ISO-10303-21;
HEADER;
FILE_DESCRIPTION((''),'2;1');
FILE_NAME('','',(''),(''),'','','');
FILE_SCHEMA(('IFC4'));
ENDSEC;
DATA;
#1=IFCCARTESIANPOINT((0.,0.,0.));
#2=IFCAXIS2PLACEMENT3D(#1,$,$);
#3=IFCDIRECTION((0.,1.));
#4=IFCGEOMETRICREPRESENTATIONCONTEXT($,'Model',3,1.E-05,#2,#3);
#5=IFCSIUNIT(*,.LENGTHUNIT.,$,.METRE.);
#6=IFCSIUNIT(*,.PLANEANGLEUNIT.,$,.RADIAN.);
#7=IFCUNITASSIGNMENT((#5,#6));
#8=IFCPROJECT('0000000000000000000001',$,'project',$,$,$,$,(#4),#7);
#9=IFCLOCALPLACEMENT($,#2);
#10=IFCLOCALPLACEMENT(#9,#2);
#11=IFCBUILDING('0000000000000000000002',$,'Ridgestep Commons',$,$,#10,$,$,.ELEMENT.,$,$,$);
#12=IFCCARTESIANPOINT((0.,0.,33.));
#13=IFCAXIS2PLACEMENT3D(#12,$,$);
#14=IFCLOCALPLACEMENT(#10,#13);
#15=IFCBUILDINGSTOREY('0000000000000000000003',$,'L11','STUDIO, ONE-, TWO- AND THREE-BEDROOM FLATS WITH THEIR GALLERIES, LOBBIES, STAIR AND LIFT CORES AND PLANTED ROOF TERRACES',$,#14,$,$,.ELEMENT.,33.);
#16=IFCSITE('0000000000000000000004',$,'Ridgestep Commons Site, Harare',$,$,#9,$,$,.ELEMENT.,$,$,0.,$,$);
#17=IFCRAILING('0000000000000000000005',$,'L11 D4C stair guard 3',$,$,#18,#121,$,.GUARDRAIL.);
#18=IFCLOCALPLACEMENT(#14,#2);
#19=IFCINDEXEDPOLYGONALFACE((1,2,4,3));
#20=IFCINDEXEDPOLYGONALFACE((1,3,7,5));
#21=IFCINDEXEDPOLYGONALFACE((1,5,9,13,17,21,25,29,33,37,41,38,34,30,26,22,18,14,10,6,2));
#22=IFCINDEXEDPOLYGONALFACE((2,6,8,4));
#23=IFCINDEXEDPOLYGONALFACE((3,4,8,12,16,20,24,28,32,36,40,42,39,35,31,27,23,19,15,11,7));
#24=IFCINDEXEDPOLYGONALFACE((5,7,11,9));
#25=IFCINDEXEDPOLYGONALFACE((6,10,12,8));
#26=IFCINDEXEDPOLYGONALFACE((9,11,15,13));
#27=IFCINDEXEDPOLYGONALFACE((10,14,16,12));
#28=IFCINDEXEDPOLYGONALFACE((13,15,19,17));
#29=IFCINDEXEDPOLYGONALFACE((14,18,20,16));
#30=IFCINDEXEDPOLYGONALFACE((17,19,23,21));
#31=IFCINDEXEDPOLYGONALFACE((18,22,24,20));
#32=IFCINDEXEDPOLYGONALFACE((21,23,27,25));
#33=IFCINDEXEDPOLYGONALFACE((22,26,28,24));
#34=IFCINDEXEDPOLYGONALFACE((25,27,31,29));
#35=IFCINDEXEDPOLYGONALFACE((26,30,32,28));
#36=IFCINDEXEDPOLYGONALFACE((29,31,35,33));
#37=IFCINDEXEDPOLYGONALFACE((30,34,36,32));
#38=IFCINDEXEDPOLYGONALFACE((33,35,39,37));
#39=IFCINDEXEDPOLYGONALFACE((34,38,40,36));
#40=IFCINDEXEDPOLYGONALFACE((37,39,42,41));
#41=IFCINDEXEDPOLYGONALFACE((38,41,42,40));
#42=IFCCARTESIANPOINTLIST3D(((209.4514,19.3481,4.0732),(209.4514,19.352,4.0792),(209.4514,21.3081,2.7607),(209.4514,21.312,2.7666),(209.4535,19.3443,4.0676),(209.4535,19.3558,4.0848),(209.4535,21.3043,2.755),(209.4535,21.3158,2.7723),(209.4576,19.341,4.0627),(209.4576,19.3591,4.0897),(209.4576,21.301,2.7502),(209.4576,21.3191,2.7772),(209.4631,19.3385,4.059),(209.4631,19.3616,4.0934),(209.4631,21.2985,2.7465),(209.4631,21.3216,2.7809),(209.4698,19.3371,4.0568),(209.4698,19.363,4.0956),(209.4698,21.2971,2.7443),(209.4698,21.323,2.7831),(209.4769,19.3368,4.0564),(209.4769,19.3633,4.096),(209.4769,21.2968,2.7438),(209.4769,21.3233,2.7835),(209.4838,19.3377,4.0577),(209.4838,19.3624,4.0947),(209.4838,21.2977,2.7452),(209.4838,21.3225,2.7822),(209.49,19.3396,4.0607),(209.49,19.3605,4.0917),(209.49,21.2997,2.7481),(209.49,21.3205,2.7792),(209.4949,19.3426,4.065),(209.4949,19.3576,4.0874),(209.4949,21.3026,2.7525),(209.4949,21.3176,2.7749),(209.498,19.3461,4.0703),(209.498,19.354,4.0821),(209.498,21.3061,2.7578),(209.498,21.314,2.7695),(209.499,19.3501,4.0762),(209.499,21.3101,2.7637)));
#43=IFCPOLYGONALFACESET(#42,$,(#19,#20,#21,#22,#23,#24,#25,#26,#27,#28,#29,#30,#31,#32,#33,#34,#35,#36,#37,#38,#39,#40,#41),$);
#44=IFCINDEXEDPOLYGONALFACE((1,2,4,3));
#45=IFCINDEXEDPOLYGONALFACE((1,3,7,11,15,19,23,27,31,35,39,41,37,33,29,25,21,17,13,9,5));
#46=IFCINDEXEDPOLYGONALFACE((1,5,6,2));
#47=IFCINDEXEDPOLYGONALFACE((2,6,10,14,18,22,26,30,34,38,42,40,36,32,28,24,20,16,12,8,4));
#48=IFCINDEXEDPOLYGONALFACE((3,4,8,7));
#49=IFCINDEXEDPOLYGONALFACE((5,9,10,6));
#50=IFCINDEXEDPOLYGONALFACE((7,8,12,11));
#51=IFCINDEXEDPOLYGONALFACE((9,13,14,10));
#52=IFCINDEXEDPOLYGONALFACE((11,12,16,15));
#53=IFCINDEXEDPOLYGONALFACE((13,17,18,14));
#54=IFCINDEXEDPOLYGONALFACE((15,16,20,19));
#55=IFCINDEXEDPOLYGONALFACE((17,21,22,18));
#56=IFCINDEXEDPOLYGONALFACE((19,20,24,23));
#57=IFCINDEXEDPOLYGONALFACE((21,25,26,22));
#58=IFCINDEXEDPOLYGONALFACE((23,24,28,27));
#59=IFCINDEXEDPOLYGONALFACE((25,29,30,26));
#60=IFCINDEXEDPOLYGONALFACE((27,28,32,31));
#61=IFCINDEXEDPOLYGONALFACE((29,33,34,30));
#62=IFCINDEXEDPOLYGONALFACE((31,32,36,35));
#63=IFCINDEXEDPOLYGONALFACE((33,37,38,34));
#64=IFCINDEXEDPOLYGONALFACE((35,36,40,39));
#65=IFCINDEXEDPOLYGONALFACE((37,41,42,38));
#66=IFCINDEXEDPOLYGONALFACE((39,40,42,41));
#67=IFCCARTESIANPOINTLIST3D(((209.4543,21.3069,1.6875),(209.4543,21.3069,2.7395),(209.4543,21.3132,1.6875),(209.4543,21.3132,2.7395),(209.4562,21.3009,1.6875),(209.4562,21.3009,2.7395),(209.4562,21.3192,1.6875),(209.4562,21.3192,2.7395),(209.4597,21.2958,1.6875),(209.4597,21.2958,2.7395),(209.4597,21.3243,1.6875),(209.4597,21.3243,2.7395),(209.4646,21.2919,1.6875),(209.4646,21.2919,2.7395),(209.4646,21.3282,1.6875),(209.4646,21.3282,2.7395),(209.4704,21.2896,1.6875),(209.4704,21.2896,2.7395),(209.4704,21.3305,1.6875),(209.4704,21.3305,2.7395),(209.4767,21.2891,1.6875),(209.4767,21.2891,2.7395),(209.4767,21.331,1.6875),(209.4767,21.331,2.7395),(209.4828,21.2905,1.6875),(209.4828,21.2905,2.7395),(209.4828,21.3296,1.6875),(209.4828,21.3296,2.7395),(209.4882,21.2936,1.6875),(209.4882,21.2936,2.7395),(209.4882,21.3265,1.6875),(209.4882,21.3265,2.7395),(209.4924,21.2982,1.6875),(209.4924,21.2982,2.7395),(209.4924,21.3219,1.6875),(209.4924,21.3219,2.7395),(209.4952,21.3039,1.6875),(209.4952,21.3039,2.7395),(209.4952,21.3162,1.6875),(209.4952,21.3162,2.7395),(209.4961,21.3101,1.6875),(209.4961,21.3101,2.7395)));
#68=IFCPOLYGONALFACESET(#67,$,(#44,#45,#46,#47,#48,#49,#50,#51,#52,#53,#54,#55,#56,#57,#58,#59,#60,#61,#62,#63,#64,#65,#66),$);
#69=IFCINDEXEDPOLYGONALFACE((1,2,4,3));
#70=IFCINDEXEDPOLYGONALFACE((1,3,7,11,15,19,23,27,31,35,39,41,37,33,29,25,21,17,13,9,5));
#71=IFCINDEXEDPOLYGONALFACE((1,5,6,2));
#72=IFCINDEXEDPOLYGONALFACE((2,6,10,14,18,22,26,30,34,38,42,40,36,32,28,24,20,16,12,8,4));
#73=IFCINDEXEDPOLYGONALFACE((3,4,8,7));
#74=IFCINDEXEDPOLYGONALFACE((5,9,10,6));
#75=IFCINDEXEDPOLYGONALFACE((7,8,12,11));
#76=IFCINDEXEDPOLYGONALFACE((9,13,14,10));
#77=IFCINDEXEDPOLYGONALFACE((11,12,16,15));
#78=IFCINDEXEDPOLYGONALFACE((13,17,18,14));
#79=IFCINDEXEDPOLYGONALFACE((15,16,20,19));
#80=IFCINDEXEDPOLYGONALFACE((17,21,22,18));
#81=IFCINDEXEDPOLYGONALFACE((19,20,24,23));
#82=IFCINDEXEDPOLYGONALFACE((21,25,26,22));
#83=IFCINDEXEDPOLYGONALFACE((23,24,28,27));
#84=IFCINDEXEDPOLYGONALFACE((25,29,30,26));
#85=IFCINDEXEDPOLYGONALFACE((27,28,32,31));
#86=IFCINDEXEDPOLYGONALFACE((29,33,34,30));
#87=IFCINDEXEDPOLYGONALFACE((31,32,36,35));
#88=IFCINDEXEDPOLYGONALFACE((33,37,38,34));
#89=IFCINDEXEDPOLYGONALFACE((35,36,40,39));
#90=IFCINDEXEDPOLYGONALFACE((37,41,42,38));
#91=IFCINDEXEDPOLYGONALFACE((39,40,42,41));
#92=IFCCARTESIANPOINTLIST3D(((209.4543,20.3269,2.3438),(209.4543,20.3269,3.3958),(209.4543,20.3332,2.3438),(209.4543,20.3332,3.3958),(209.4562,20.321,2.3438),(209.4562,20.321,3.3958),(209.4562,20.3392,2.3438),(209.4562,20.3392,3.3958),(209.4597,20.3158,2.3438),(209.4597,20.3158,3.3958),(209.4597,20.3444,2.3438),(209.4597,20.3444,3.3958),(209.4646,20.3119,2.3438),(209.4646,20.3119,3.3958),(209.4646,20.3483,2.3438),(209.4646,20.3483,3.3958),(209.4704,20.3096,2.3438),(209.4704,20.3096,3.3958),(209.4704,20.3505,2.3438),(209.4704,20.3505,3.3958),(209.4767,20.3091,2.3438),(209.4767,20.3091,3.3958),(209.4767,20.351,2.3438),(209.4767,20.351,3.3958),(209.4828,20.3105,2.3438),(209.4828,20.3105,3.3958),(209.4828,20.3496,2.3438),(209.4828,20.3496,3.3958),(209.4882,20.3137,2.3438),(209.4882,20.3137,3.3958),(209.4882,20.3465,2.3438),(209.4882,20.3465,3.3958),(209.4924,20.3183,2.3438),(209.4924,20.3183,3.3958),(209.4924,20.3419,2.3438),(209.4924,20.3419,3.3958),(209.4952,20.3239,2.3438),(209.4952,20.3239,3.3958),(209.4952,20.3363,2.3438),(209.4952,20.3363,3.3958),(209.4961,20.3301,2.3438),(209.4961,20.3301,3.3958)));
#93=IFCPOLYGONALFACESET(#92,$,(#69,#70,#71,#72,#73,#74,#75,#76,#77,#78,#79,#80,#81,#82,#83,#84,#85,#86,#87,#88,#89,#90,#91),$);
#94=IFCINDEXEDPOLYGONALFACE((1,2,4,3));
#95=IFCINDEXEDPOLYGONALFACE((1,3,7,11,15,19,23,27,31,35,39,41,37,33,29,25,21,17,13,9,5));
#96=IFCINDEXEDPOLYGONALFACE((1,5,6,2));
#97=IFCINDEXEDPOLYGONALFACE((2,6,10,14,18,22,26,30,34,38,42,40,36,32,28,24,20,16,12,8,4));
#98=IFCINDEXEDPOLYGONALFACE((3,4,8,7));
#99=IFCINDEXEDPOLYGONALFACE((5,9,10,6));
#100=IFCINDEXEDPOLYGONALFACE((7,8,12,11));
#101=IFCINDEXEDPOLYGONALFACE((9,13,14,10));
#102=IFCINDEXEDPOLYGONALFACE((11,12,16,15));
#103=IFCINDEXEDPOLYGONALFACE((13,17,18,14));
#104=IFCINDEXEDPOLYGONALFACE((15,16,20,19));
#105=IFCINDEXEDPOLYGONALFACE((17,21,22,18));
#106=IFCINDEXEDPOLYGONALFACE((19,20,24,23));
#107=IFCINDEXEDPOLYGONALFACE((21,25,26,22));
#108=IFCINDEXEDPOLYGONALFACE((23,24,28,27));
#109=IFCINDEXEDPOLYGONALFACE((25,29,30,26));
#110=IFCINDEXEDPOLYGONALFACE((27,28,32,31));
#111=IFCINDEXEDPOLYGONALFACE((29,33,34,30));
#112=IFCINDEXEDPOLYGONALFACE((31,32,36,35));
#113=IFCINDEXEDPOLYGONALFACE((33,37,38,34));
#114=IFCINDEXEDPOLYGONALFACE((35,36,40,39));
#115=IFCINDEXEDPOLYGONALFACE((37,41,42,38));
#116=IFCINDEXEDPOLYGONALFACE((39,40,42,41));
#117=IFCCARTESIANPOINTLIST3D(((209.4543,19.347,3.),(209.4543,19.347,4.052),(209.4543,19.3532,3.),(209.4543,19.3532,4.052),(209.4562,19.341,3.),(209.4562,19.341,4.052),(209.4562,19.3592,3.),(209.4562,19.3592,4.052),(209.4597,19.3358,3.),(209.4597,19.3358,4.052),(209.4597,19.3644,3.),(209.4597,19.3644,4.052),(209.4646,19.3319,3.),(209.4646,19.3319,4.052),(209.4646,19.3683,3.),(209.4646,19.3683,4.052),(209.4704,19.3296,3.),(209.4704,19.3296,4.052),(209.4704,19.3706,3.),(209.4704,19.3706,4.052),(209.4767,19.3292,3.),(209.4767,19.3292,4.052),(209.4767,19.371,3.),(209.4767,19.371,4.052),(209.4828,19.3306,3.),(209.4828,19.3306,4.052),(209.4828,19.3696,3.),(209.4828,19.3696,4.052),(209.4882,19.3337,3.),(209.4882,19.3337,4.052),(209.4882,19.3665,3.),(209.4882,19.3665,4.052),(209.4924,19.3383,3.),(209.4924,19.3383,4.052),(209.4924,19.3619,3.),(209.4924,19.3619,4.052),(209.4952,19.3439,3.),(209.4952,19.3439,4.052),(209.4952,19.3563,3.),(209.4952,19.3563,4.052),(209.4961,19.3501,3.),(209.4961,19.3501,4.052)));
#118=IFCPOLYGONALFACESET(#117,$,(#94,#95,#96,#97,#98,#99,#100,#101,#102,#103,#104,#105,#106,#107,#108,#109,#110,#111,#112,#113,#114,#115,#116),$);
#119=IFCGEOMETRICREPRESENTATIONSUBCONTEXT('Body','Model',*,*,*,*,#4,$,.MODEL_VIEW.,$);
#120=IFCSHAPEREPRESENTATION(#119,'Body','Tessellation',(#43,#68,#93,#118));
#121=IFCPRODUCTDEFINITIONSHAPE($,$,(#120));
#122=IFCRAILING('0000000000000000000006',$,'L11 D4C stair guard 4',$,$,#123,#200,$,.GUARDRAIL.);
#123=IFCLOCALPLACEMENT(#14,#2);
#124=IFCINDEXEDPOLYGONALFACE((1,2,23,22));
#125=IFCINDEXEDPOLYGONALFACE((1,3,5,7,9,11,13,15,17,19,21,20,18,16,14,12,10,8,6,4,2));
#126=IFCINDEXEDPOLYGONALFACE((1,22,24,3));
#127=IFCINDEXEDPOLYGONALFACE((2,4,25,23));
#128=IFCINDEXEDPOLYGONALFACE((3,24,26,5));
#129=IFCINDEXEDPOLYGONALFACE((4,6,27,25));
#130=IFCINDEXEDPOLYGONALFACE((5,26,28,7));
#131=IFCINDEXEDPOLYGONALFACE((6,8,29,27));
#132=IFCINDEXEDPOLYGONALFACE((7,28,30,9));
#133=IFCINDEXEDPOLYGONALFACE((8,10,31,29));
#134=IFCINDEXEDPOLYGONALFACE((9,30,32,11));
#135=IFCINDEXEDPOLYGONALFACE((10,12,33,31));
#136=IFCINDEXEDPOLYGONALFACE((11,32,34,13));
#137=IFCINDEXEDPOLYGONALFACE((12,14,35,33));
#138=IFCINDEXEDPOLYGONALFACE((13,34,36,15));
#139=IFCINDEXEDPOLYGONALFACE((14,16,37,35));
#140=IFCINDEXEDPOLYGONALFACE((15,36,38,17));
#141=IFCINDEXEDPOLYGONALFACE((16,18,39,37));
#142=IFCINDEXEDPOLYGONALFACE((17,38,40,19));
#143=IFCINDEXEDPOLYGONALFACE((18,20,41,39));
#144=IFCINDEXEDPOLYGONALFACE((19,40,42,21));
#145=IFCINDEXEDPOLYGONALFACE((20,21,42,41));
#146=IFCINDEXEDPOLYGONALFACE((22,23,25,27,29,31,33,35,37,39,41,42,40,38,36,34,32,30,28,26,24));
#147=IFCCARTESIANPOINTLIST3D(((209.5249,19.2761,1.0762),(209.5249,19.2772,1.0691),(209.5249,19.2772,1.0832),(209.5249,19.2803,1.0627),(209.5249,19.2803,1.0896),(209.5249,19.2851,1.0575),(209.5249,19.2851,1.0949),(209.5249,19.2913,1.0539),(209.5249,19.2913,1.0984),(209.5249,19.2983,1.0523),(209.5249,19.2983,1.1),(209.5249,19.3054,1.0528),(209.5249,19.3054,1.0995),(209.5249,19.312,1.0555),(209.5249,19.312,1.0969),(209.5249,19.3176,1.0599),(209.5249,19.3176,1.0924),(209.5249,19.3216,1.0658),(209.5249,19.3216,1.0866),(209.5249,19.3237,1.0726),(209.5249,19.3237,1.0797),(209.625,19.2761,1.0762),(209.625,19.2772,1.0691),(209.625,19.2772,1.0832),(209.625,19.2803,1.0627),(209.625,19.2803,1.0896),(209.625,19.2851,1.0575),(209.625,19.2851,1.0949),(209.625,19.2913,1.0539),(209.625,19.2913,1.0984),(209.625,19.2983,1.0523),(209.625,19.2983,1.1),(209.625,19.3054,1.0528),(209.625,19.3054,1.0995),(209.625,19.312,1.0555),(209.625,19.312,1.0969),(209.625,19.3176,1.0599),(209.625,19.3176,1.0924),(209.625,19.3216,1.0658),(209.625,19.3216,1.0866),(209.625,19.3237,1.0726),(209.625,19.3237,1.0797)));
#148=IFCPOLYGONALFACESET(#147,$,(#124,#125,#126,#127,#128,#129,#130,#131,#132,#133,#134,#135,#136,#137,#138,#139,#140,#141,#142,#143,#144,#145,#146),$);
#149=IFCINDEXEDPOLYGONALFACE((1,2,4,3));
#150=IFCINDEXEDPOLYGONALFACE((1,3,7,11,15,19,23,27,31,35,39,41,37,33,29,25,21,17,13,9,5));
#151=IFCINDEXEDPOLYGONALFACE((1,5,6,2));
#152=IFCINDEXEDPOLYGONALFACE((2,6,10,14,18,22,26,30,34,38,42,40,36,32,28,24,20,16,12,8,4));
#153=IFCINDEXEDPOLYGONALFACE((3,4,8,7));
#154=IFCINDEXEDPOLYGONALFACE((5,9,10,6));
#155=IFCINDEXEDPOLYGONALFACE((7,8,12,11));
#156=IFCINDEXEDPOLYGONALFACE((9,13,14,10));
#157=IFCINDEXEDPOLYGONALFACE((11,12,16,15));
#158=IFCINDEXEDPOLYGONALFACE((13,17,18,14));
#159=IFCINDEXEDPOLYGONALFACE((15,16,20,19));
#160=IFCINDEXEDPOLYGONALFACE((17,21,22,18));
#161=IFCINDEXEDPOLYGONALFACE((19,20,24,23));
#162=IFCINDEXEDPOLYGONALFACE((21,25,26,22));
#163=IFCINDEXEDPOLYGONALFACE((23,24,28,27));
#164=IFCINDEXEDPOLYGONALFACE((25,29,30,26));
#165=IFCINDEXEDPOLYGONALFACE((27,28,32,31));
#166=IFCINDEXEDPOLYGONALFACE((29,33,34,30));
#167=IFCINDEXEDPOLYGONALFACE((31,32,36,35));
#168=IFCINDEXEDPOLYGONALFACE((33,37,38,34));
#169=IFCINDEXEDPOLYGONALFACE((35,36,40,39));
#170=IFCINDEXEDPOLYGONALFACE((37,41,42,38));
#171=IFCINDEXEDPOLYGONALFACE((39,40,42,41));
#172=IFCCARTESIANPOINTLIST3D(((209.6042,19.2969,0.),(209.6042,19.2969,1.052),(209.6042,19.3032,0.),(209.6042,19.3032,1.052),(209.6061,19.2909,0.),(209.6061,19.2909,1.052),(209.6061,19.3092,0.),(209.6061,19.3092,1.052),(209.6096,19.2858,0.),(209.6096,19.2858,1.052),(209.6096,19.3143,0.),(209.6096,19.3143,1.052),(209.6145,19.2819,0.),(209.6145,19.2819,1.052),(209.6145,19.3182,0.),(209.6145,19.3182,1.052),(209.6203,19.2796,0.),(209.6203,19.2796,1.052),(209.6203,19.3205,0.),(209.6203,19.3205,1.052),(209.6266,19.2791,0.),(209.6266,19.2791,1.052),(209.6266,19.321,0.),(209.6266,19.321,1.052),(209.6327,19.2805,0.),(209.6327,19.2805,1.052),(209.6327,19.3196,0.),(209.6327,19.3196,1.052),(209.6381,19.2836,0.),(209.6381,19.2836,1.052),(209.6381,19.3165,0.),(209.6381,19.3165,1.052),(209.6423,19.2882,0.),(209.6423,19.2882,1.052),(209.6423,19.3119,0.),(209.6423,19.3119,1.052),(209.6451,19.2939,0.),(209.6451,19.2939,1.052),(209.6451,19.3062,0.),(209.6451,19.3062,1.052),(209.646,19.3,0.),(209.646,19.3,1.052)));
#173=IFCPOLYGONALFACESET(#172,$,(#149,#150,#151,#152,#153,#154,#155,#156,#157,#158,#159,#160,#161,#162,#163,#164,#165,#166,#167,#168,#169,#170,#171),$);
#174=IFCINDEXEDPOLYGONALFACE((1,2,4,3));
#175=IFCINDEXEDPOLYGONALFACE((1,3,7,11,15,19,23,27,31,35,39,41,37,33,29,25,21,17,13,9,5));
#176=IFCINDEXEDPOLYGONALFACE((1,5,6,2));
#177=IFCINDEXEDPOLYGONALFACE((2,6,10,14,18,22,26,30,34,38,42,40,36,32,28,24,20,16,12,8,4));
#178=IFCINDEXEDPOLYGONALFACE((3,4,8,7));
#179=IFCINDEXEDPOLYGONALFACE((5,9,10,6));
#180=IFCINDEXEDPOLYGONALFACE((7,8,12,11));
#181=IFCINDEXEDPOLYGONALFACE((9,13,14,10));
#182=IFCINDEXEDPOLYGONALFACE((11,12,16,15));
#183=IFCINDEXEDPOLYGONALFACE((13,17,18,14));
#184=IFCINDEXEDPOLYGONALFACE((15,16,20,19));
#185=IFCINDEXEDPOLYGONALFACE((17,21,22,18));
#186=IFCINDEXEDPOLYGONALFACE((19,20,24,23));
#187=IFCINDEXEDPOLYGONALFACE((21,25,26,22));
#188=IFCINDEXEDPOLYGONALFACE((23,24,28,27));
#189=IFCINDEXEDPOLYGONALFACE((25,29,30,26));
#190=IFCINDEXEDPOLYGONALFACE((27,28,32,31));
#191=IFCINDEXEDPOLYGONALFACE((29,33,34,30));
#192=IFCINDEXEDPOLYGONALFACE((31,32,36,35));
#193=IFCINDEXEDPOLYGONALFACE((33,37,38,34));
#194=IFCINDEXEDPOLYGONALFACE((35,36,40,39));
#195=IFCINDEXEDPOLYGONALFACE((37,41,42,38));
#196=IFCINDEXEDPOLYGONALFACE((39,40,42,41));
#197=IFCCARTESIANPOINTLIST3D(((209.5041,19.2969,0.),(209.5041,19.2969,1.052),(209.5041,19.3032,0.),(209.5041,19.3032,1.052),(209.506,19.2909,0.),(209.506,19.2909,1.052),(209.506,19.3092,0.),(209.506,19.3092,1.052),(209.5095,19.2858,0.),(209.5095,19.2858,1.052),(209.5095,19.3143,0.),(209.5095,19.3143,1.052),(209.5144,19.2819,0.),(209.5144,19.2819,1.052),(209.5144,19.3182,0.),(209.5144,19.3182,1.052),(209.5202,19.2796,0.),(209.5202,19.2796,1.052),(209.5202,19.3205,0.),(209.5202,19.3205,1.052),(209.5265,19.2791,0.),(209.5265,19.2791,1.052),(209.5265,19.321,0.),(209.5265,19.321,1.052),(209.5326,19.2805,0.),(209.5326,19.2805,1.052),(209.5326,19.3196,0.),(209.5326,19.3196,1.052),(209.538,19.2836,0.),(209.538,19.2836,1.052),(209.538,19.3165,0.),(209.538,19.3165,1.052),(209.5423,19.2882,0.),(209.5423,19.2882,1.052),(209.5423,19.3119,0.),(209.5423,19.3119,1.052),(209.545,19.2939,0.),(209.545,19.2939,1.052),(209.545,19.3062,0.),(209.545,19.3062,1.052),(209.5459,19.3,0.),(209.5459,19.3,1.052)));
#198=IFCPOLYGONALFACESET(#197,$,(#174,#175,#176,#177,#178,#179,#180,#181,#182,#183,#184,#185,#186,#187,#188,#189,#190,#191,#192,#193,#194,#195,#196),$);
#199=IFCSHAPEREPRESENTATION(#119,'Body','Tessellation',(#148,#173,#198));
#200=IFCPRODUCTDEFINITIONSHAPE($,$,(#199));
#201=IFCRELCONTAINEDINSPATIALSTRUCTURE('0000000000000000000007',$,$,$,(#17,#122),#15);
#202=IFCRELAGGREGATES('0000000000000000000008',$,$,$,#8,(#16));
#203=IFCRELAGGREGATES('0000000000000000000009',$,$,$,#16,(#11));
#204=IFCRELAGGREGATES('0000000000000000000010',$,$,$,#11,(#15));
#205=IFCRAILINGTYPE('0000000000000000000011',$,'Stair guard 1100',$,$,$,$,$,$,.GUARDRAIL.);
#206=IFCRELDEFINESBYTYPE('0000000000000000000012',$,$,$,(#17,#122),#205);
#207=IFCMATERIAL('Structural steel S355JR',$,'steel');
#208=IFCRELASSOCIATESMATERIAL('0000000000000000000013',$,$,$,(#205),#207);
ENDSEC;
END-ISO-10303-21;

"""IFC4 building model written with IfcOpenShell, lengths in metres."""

from ifc_helpers import new_model, si_unit, direction, frame, origin, origin_2d, place, context, subcontext, project, spatial, circle, extrude, material, type_object, element, save


model = new_model("IFC4")

# Units and contexts
model_context = context("Model", 3, precision=1e-05, world=origin(), true_north=direction((0.0, 1.0)))
body_context = subcontext(model_context, "Body", "Model", "MODEL_VIEW")
ifc_project = project(units=[si_unit("LENGTHUNIT", "METRE"), si_unit("PLANEANGLEUNIT", "RADIAN")], contexts=[model_context])

# Site, building, storey
site_placement = place(None, origin())
site = spatial("IfcSite", under=ifc_project, at=site_placement, Name="Ridgestep Commons Site, Harare", CompositionType="ELEMENT", RefElevation=0.0)
building_placement = place(site_placement, origin())
building = spatial("IfcBuilding", under=site, at=building_placement, Name="Ridgestep Commons", CompositionType="ELEMENT")
storey_placement = place(building_placement, frame((0.0, 0.0, 33.0)))
storey = spatial("IfcBuildingStorey", under=building, at=storey_placement, Name="L11", Description="STUDIO, ONE-, TWO- AND THREE-BEDROOM FLATS WITH THEIR GALLERIES, LOBBIES, STAIR AND LIFT CORES AND PLANTED ROOF TERRACES", CompositionType="ELEMENT", Elevation=33.0)

# Railings
ifc_material_1 = material(Name="Structural steel S355JR", Category="steel")
railing_type_1 = type_object("IfcRailingType", Name="Stair guard 1100", PredefinedType="GUARDRAIL", material=ifc_material_1)
railing_1_placement = place(storey_placement, frame((209.4751, 21.3101, 1.6875)))
element("IfcRailing", 1, at=railing_1_placement, inside=storey, type_object=railing_type_1, Name="L11 D4C stair guard 3", PredefinedType="GUARDRAIL", context=body_context, shape_type="SweptSolid", body=[
    extrude(circle(Radius=0.0239, at=origin_2d()), frame((0.0, 0.0, 1.0762), z_axis=(0.0, -0.830902, 0.556419), x_axis=(1.0, 0.0, 0.0)), (0.0, 0.0, 1.0), 2.3589),
    extrude(circle(Radius=0.021, at=origin_2d()), origin(), (0.0, 0.0, 1.0), 1.052),
    extrude(circle(Radius=0.021, at=origin_2d()), frame((0.0, -0.98, 0.6562)), (0.0, 0.0, 1.0), 1.052),
    extrude(circle(Radius=0.021, at=origin_2d()), frame((0.0, -1.96, 1.3125)), (0.0, 0.0, 1.0), 1.052),
])
railing_2_placement = place(storey_placement, frame((209.625, 19.3, 0.0)))
element("IfcRailing", 2, at=railing_2_placement, inside=storey, type_object=railing_type_1, Name="L11 D4C stair guard 4", PredefinedType="GUARDRAIL", context=body_context, shape_type="SweptSolid", body=[
    extrude(circle(Radius=0.0239, at=origin_2d()), frame((0.0, 0.0, 1.0762), z_axis=(-1.0, 0.0, 0.0), x_axis=(0.0, -1.0, 0.0)), (0.0, 0.0, 1.0), 0.1001),
    extrude(circle(Radius=0.021, at=origin_2d()), origin(), (0.0, 0.0, 1.0), 1.052),
    extrude(circle(Radius=0.021, at=origin_2d()), frame((-0.1001, 0.0, 0.0)), (0.0, 0.0, 1.0), 1.052),
])

save(model, "model.ifc")
